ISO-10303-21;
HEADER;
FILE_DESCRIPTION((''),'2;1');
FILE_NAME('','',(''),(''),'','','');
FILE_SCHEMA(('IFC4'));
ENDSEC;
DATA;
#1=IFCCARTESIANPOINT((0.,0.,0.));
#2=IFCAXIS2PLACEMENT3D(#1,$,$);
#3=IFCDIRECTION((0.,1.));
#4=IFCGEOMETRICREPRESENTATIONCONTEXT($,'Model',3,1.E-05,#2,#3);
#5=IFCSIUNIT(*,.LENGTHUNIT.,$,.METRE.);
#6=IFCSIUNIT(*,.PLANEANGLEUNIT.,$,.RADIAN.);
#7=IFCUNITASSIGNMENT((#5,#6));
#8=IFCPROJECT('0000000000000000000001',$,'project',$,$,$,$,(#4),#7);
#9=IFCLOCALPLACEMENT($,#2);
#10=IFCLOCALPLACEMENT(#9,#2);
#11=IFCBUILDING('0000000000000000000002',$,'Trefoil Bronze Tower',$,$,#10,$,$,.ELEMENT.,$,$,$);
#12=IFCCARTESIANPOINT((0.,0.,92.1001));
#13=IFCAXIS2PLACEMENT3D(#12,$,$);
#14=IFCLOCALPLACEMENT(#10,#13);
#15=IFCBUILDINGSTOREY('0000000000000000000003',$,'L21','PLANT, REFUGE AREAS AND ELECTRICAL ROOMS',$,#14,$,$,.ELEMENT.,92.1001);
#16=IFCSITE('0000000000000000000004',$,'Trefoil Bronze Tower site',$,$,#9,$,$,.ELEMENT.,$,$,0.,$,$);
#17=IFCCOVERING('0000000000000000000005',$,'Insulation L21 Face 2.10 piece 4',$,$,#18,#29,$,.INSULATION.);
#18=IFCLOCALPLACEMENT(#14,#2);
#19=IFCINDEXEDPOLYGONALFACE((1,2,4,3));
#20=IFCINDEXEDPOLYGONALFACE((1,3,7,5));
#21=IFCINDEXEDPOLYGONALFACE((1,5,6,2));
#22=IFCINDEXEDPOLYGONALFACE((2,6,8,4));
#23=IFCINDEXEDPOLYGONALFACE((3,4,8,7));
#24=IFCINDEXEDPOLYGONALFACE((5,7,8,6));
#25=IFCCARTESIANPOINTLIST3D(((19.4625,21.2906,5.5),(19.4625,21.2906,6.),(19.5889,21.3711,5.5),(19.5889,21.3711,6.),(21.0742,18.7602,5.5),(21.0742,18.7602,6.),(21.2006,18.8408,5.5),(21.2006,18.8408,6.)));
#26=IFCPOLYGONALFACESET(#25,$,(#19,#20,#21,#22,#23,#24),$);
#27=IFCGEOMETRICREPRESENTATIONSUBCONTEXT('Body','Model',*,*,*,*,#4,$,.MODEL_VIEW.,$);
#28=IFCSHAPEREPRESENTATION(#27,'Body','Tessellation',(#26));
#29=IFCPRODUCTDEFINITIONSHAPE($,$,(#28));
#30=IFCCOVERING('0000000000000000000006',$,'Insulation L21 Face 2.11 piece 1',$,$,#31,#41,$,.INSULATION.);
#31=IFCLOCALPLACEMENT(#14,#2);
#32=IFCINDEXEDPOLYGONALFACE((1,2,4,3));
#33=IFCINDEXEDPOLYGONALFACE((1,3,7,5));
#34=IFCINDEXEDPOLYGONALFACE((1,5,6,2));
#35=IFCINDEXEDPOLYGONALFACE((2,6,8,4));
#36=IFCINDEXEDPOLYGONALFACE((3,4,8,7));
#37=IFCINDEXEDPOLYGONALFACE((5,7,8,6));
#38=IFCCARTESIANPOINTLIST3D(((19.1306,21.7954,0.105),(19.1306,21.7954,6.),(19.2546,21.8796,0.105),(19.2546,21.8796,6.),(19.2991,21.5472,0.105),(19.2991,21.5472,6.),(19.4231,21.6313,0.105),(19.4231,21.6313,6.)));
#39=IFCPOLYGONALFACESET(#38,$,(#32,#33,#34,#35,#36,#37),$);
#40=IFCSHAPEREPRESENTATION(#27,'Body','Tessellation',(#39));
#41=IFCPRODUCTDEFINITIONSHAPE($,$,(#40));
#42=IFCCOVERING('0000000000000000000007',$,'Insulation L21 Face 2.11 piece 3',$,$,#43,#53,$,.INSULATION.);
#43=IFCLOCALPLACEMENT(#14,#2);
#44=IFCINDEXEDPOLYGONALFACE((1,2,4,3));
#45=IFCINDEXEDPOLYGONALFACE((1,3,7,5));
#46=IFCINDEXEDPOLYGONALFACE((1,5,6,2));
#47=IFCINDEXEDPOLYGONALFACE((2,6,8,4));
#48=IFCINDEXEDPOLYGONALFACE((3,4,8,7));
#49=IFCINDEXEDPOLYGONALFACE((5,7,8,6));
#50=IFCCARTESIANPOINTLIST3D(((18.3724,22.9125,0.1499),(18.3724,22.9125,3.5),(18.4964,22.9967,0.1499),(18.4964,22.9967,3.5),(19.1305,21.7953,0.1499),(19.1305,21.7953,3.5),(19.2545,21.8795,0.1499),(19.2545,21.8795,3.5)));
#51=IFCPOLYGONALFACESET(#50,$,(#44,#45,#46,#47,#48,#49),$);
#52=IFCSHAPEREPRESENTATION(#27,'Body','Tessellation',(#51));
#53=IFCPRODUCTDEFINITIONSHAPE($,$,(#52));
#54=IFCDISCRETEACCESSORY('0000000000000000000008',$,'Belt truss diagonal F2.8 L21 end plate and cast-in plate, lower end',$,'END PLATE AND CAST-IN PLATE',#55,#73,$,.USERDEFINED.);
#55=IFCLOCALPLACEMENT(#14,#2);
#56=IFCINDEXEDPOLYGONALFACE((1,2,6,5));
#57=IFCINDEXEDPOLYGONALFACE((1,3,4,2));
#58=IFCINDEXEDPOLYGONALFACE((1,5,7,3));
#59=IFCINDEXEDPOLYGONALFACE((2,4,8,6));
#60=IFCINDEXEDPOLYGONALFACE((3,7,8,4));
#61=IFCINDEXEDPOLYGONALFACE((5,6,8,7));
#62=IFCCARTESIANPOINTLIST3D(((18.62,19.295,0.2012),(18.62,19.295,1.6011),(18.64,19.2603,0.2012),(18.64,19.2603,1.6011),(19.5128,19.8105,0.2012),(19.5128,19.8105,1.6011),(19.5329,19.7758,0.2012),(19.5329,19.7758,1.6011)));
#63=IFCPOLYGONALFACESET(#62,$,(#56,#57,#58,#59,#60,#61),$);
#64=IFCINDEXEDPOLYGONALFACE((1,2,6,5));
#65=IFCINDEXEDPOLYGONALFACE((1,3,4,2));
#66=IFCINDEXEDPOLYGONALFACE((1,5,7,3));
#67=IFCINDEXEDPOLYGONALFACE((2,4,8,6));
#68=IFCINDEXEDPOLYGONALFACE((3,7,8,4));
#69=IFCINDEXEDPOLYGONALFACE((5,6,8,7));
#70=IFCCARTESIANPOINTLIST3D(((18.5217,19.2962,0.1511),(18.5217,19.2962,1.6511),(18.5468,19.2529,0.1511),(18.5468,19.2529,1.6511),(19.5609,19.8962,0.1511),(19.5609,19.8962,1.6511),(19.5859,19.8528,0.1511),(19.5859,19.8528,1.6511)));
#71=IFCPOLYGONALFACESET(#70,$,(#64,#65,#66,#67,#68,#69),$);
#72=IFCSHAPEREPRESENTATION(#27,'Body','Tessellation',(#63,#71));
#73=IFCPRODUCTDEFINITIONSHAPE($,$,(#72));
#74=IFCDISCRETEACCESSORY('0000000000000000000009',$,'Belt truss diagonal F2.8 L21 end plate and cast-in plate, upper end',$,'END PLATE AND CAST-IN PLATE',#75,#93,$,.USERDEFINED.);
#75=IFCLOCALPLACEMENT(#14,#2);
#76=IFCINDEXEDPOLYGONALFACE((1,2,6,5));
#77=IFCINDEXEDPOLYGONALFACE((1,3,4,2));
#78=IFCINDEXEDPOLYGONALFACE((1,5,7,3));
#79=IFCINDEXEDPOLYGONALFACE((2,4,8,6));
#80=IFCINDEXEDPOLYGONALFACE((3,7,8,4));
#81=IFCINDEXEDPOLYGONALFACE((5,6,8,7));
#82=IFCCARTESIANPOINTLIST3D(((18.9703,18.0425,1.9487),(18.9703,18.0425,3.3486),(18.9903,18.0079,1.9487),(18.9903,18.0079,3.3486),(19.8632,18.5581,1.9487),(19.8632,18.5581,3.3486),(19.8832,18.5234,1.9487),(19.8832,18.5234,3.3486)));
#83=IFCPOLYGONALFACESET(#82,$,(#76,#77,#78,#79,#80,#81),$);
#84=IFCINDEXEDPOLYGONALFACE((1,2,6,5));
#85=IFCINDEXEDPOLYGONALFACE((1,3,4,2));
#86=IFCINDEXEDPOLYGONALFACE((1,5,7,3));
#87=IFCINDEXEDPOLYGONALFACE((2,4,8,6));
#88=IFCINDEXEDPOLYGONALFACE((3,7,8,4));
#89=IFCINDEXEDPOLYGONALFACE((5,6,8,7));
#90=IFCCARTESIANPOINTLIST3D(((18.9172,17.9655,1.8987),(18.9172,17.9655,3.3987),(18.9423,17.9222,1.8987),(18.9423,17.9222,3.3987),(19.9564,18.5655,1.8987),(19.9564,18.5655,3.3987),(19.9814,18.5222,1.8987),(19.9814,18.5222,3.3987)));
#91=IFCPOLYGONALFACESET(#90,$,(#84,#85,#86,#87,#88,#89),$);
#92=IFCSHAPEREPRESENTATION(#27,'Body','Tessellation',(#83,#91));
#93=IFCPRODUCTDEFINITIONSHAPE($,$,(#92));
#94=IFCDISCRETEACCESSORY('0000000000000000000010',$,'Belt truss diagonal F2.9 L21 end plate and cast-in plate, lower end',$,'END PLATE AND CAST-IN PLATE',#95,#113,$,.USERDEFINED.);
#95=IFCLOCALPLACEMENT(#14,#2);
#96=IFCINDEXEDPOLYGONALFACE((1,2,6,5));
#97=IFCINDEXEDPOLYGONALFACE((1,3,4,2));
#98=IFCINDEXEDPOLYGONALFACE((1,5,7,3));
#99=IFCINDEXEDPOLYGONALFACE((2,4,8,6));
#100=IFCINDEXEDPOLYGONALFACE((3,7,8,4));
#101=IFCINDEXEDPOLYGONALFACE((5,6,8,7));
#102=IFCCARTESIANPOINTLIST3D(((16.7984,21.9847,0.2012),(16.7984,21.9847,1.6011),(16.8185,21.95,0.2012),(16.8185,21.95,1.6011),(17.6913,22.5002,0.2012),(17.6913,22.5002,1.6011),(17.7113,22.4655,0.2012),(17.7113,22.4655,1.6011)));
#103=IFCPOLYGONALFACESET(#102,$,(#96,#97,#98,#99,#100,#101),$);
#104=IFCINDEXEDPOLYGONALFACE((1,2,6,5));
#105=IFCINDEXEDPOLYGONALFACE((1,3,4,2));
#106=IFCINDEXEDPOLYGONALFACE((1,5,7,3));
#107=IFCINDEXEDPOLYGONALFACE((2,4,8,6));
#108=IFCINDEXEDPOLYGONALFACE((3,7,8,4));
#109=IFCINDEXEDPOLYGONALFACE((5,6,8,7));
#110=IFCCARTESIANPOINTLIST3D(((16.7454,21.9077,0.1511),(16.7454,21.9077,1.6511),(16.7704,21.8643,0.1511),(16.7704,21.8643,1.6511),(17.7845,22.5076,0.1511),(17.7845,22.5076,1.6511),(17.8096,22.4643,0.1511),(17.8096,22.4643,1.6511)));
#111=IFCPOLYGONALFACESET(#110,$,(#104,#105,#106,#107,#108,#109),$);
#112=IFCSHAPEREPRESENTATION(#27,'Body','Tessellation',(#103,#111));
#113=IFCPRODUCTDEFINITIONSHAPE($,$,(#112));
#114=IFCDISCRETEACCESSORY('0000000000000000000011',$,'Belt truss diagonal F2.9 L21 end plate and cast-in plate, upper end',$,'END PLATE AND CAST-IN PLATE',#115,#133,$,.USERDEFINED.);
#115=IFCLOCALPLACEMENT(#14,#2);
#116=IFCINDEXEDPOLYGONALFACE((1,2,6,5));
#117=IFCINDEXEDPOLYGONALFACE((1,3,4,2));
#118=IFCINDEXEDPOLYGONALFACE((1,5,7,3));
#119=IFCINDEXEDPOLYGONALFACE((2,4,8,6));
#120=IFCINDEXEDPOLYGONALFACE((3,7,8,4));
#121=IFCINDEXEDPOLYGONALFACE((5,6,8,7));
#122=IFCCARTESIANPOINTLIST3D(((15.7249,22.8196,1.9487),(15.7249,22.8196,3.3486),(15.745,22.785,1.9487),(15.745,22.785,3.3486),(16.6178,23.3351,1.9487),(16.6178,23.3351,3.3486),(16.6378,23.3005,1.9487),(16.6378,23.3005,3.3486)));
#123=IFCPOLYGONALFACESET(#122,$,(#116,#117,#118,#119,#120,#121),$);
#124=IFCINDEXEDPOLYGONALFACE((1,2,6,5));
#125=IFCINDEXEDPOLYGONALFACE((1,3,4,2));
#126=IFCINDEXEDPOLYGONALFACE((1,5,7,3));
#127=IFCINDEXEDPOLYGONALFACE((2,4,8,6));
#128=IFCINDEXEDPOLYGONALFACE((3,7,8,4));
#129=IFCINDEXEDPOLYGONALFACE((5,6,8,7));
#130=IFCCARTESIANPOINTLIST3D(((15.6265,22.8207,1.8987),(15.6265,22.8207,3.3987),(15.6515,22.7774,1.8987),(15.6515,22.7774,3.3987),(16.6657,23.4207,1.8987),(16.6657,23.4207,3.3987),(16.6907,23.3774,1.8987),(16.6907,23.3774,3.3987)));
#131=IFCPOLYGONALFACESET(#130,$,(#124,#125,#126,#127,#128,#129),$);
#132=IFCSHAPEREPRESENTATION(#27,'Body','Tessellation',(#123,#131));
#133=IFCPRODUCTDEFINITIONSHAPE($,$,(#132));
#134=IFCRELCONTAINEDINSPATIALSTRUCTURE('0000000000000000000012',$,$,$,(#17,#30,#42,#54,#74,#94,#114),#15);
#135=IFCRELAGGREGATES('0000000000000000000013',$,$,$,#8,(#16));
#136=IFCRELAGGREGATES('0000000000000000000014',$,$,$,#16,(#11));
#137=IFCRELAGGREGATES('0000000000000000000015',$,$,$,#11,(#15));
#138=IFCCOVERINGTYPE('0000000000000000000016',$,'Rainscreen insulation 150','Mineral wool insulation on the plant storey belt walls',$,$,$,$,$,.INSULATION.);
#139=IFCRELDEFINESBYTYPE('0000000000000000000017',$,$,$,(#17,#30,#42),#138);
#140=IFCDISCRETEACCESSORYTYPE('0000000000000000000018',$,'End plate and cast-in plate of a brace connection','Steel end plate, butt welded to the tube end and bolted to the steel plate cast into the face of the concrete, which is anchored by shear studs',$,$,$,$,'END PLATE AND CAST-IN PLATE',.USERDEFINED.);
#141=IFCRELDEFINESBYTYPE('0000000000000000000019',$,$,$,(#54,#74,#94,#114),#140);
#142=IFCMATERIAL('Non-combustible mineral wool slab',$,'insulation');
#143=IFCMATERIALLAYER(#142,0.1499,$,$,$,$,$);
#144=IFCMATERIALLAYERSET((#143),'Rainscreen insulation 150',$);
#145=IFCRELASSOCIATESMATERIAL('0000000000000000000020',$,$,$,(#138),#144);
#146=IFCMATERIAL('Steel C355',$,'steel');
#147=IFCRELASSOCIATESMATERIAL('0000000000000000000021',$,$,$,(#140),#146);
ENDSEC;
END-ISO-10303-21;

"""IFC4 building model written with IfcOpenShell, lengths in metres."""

from ifc_helpers import new_model, si_unit, direction, frame, origin, origin_2d, place, context, subcontext, project, spatial, rectangle, extrude, material, layer, layer_set, type_object, element, save


model = new_model("IFC4")

# Units and contexts
model_context = context("Model", 3, precision=1e-05, world=origin(), true_north=direction((0.0, 1.0)))
body_context = subcontext(model_context, "Body", "Model", "MODEL_VIEW")
ifc_project = project(units=[si_unit("LENGTHUNIT", "METRE"), si_unit("PLANEANGLEUNIT", "RADIAN")], contexts=[model_context])

# Site, building, storey
site_placement = place(None, origin())
site = spatial("IfcSite", under=ifc_project, at=site_placement, Name="Trefoil Bronze Tower site", CompositionType="ELEMENT", RefElevation=0.0)
building_placement = place(site_placement, origin())
building = spatial("IfcBuilding", under=site, at=building_placement, Name="Trefoil Bronze Tower", CompositionType="ELEMENT")
storey_placement = place(building_placement, frame((0.0, 0.0, 92.1001)))
storey = spatial("IfcBuildingStorey", under=building, at=storey_placement, Name="L21", Description="PLANT, REFUGE AREAS AND ELECTRICAL ROOMS", CompositionType="ELEMENT", Elevation=92.1001)

# Coverings
ifc_material_1 = material(Name="Non-combustible mineral wool slab", Category="insulation")
ifc_layer_1 = layer(ifc_material_1, 0.1499)
ifc_layer_set_1 = layer_set([ifc_layer_1], Name="Rainscreen insulation 150")
covering_type_1 = type_object("IfcCoveringType", Name="Rainscreen insulation 150", Description="Mineral wool insulation on the plant storey belt walls", PredefinedType="INSULATION", material=ifc_layer_set_1)
covering_1_placement = place(storey_placement, frame((20.3315, 20.0657, 5.5), z_axis=(0.0, 0.0, 1.0), x_axis=(-0.537222, 0.843441, 0.0)))
element("IfcCovering", 1, at=covering_1_placement, inside=storey, type_object=covering_type_1, Name="Insulation L21 Face 2.10 piece 4", PredefinedType="INSULATION", context=body_context, shape_type="SweptSolid", body=[
    extrude(rectangle(XDim=3.0, YDim=0.1499, at=origin_2d()), origin(), (0.0, 0.0, 1.0), 0.5),
])
covering_2_placement = place(storey_placement, frame((19.2769, 21.7134, 0.105), z_axis=(0.0, 0.0, 1.0), x_axis=(-0.56151, 0.82747, 0.0)))
element("IfcCovering", 2, at=covering_2_placement, inside=storey, type_object=covering_type_1, Name="Insulation L21 Face 2.11 piece 1", PredefinedType="INSULATION", context=body_context, shape_type="SweptSolid", body=[
    extrude(rectangle(XDim=0.3, YDim=0.1499, at=origin_2d()), origin(), (0.0, 0.0, 1.0), 5.895),
])
covering_3_placement = place(storey_placement, frame((18.8135, 22.396, 0.1499), z_axis=(0.0, 0.0, 1.0), x_axis=(-0.56151, 0.82747, 0.0)))
element("IfcCovering", 3, at=covering_3_placement, inside=storey, type_object=covering_type_1, Name="Insulation L21 Face 2.11 piece 3", PredefinedType="INSULATION", context=body_context, shape_type="SweptSolid", body=[
    extrude(rectangle(XDim=1.3501, YDim=0.1499, at=origin_2d()), origin(), (0.0, 0.0, 1.0), 3.3501),
])

# Discrete accessories
ifc_material_2 = material(Name="Steel C355", Category="steel")
discrete_accessory_type = type_object("IfcDiscreteAccessoryType", Name="End plate and cast-in plate of a brace connection", Description="Steel end plate, butt welded to the tube end and bolted to the steel plate cast into the face of the concrete, which is anchored by shear studs", ElementType="END PLATE AND CAST-IN PLATE", PredefinedType="USERDEFINED", material=ifc_material_2)
for number, where, z_axis, x_axis, name in (
    (4, (19.0664, 19.5527, 0.9011), (0.0, 0.0, 1.0), (0.5, -0.866025, 0.0), "Belt truss diagonal F2.8 L21 end plate and cast-in plate, lower end"),
    (5, (19.4368, 18.2656, 2.6487), (0.0, 0.0, 1.0), (-0.5, 0.866025, 0.0), "Belt truss diagonal F2.8 L21 end plate and cast-in plate, upper end"),
    (6, (17.2649, 22.2078, 0.9011), (0.0, 0.0, 1.0), (-0.5, 0.866025, 0.0), "Belt truss diagonal F2.9 L21 end plate and cast-in plate, lower end"),
):
    element("IfcDiscreteAccessory", number, at=place(storey_placement, frame(where, z_axis=z_axis, x_axis=x_axis)), inside=storey, type_object=discrete_accessory_type, Name=name, ObjectType="END PLATE AND CAST-IN PLATE", PredefinedType="USERDEFINED", context=body_context, shape_type="SweptSolid", body=[
        extrude(rectangle(XDim=0.04, YDim=1.031, at=origin_2d()), frame((0.02, 0.0, -0.7)), (0.0, 0.0, 1.0), 1.3999),
        extrude(rectangle(XDim=0.05, YDim=1.2, at=origin_2d()), frame((-0.0251, 0.0, -0.75)), (0.0, 0.0, 1.0), 1.5),
    ])
discrete_accessory_placement = place(storey_placement, frame((16.1714, 23.0774, 2.6487), z_axis=(0.0, 0.0, 1.0), x_axis=(0.5, -0.866025, 0.0)))
element("IfcDiscreteAccessory", 7, at=discrete_accessory_placement, inside=storey, type_object=discrete_accessory_type, Name="Belt truss diagonal F2.9 L21 end plate and cast-in plate, upper end", ObjectType="END PLATE AND CAST-IN PLATE", PredefinedType="USERDEFINED", context=body_context, shape_type="SweptSolid", body=[
    extrude(rectangle(XDim=0.04, YDim=1.031, at=origin_2d()), frame((0.02, 0.0, -0.7)), (0.0, 0.0, 1.0), 1.3999),
    extrude(rectangle(XDim=0.05, YDim=1.2, at=origin_2d()), frame((-0.0251, -0.0002, -0.75)), (0.0, 0.0, 1.0), 1.5),
])

save(model, "model.ifc")
